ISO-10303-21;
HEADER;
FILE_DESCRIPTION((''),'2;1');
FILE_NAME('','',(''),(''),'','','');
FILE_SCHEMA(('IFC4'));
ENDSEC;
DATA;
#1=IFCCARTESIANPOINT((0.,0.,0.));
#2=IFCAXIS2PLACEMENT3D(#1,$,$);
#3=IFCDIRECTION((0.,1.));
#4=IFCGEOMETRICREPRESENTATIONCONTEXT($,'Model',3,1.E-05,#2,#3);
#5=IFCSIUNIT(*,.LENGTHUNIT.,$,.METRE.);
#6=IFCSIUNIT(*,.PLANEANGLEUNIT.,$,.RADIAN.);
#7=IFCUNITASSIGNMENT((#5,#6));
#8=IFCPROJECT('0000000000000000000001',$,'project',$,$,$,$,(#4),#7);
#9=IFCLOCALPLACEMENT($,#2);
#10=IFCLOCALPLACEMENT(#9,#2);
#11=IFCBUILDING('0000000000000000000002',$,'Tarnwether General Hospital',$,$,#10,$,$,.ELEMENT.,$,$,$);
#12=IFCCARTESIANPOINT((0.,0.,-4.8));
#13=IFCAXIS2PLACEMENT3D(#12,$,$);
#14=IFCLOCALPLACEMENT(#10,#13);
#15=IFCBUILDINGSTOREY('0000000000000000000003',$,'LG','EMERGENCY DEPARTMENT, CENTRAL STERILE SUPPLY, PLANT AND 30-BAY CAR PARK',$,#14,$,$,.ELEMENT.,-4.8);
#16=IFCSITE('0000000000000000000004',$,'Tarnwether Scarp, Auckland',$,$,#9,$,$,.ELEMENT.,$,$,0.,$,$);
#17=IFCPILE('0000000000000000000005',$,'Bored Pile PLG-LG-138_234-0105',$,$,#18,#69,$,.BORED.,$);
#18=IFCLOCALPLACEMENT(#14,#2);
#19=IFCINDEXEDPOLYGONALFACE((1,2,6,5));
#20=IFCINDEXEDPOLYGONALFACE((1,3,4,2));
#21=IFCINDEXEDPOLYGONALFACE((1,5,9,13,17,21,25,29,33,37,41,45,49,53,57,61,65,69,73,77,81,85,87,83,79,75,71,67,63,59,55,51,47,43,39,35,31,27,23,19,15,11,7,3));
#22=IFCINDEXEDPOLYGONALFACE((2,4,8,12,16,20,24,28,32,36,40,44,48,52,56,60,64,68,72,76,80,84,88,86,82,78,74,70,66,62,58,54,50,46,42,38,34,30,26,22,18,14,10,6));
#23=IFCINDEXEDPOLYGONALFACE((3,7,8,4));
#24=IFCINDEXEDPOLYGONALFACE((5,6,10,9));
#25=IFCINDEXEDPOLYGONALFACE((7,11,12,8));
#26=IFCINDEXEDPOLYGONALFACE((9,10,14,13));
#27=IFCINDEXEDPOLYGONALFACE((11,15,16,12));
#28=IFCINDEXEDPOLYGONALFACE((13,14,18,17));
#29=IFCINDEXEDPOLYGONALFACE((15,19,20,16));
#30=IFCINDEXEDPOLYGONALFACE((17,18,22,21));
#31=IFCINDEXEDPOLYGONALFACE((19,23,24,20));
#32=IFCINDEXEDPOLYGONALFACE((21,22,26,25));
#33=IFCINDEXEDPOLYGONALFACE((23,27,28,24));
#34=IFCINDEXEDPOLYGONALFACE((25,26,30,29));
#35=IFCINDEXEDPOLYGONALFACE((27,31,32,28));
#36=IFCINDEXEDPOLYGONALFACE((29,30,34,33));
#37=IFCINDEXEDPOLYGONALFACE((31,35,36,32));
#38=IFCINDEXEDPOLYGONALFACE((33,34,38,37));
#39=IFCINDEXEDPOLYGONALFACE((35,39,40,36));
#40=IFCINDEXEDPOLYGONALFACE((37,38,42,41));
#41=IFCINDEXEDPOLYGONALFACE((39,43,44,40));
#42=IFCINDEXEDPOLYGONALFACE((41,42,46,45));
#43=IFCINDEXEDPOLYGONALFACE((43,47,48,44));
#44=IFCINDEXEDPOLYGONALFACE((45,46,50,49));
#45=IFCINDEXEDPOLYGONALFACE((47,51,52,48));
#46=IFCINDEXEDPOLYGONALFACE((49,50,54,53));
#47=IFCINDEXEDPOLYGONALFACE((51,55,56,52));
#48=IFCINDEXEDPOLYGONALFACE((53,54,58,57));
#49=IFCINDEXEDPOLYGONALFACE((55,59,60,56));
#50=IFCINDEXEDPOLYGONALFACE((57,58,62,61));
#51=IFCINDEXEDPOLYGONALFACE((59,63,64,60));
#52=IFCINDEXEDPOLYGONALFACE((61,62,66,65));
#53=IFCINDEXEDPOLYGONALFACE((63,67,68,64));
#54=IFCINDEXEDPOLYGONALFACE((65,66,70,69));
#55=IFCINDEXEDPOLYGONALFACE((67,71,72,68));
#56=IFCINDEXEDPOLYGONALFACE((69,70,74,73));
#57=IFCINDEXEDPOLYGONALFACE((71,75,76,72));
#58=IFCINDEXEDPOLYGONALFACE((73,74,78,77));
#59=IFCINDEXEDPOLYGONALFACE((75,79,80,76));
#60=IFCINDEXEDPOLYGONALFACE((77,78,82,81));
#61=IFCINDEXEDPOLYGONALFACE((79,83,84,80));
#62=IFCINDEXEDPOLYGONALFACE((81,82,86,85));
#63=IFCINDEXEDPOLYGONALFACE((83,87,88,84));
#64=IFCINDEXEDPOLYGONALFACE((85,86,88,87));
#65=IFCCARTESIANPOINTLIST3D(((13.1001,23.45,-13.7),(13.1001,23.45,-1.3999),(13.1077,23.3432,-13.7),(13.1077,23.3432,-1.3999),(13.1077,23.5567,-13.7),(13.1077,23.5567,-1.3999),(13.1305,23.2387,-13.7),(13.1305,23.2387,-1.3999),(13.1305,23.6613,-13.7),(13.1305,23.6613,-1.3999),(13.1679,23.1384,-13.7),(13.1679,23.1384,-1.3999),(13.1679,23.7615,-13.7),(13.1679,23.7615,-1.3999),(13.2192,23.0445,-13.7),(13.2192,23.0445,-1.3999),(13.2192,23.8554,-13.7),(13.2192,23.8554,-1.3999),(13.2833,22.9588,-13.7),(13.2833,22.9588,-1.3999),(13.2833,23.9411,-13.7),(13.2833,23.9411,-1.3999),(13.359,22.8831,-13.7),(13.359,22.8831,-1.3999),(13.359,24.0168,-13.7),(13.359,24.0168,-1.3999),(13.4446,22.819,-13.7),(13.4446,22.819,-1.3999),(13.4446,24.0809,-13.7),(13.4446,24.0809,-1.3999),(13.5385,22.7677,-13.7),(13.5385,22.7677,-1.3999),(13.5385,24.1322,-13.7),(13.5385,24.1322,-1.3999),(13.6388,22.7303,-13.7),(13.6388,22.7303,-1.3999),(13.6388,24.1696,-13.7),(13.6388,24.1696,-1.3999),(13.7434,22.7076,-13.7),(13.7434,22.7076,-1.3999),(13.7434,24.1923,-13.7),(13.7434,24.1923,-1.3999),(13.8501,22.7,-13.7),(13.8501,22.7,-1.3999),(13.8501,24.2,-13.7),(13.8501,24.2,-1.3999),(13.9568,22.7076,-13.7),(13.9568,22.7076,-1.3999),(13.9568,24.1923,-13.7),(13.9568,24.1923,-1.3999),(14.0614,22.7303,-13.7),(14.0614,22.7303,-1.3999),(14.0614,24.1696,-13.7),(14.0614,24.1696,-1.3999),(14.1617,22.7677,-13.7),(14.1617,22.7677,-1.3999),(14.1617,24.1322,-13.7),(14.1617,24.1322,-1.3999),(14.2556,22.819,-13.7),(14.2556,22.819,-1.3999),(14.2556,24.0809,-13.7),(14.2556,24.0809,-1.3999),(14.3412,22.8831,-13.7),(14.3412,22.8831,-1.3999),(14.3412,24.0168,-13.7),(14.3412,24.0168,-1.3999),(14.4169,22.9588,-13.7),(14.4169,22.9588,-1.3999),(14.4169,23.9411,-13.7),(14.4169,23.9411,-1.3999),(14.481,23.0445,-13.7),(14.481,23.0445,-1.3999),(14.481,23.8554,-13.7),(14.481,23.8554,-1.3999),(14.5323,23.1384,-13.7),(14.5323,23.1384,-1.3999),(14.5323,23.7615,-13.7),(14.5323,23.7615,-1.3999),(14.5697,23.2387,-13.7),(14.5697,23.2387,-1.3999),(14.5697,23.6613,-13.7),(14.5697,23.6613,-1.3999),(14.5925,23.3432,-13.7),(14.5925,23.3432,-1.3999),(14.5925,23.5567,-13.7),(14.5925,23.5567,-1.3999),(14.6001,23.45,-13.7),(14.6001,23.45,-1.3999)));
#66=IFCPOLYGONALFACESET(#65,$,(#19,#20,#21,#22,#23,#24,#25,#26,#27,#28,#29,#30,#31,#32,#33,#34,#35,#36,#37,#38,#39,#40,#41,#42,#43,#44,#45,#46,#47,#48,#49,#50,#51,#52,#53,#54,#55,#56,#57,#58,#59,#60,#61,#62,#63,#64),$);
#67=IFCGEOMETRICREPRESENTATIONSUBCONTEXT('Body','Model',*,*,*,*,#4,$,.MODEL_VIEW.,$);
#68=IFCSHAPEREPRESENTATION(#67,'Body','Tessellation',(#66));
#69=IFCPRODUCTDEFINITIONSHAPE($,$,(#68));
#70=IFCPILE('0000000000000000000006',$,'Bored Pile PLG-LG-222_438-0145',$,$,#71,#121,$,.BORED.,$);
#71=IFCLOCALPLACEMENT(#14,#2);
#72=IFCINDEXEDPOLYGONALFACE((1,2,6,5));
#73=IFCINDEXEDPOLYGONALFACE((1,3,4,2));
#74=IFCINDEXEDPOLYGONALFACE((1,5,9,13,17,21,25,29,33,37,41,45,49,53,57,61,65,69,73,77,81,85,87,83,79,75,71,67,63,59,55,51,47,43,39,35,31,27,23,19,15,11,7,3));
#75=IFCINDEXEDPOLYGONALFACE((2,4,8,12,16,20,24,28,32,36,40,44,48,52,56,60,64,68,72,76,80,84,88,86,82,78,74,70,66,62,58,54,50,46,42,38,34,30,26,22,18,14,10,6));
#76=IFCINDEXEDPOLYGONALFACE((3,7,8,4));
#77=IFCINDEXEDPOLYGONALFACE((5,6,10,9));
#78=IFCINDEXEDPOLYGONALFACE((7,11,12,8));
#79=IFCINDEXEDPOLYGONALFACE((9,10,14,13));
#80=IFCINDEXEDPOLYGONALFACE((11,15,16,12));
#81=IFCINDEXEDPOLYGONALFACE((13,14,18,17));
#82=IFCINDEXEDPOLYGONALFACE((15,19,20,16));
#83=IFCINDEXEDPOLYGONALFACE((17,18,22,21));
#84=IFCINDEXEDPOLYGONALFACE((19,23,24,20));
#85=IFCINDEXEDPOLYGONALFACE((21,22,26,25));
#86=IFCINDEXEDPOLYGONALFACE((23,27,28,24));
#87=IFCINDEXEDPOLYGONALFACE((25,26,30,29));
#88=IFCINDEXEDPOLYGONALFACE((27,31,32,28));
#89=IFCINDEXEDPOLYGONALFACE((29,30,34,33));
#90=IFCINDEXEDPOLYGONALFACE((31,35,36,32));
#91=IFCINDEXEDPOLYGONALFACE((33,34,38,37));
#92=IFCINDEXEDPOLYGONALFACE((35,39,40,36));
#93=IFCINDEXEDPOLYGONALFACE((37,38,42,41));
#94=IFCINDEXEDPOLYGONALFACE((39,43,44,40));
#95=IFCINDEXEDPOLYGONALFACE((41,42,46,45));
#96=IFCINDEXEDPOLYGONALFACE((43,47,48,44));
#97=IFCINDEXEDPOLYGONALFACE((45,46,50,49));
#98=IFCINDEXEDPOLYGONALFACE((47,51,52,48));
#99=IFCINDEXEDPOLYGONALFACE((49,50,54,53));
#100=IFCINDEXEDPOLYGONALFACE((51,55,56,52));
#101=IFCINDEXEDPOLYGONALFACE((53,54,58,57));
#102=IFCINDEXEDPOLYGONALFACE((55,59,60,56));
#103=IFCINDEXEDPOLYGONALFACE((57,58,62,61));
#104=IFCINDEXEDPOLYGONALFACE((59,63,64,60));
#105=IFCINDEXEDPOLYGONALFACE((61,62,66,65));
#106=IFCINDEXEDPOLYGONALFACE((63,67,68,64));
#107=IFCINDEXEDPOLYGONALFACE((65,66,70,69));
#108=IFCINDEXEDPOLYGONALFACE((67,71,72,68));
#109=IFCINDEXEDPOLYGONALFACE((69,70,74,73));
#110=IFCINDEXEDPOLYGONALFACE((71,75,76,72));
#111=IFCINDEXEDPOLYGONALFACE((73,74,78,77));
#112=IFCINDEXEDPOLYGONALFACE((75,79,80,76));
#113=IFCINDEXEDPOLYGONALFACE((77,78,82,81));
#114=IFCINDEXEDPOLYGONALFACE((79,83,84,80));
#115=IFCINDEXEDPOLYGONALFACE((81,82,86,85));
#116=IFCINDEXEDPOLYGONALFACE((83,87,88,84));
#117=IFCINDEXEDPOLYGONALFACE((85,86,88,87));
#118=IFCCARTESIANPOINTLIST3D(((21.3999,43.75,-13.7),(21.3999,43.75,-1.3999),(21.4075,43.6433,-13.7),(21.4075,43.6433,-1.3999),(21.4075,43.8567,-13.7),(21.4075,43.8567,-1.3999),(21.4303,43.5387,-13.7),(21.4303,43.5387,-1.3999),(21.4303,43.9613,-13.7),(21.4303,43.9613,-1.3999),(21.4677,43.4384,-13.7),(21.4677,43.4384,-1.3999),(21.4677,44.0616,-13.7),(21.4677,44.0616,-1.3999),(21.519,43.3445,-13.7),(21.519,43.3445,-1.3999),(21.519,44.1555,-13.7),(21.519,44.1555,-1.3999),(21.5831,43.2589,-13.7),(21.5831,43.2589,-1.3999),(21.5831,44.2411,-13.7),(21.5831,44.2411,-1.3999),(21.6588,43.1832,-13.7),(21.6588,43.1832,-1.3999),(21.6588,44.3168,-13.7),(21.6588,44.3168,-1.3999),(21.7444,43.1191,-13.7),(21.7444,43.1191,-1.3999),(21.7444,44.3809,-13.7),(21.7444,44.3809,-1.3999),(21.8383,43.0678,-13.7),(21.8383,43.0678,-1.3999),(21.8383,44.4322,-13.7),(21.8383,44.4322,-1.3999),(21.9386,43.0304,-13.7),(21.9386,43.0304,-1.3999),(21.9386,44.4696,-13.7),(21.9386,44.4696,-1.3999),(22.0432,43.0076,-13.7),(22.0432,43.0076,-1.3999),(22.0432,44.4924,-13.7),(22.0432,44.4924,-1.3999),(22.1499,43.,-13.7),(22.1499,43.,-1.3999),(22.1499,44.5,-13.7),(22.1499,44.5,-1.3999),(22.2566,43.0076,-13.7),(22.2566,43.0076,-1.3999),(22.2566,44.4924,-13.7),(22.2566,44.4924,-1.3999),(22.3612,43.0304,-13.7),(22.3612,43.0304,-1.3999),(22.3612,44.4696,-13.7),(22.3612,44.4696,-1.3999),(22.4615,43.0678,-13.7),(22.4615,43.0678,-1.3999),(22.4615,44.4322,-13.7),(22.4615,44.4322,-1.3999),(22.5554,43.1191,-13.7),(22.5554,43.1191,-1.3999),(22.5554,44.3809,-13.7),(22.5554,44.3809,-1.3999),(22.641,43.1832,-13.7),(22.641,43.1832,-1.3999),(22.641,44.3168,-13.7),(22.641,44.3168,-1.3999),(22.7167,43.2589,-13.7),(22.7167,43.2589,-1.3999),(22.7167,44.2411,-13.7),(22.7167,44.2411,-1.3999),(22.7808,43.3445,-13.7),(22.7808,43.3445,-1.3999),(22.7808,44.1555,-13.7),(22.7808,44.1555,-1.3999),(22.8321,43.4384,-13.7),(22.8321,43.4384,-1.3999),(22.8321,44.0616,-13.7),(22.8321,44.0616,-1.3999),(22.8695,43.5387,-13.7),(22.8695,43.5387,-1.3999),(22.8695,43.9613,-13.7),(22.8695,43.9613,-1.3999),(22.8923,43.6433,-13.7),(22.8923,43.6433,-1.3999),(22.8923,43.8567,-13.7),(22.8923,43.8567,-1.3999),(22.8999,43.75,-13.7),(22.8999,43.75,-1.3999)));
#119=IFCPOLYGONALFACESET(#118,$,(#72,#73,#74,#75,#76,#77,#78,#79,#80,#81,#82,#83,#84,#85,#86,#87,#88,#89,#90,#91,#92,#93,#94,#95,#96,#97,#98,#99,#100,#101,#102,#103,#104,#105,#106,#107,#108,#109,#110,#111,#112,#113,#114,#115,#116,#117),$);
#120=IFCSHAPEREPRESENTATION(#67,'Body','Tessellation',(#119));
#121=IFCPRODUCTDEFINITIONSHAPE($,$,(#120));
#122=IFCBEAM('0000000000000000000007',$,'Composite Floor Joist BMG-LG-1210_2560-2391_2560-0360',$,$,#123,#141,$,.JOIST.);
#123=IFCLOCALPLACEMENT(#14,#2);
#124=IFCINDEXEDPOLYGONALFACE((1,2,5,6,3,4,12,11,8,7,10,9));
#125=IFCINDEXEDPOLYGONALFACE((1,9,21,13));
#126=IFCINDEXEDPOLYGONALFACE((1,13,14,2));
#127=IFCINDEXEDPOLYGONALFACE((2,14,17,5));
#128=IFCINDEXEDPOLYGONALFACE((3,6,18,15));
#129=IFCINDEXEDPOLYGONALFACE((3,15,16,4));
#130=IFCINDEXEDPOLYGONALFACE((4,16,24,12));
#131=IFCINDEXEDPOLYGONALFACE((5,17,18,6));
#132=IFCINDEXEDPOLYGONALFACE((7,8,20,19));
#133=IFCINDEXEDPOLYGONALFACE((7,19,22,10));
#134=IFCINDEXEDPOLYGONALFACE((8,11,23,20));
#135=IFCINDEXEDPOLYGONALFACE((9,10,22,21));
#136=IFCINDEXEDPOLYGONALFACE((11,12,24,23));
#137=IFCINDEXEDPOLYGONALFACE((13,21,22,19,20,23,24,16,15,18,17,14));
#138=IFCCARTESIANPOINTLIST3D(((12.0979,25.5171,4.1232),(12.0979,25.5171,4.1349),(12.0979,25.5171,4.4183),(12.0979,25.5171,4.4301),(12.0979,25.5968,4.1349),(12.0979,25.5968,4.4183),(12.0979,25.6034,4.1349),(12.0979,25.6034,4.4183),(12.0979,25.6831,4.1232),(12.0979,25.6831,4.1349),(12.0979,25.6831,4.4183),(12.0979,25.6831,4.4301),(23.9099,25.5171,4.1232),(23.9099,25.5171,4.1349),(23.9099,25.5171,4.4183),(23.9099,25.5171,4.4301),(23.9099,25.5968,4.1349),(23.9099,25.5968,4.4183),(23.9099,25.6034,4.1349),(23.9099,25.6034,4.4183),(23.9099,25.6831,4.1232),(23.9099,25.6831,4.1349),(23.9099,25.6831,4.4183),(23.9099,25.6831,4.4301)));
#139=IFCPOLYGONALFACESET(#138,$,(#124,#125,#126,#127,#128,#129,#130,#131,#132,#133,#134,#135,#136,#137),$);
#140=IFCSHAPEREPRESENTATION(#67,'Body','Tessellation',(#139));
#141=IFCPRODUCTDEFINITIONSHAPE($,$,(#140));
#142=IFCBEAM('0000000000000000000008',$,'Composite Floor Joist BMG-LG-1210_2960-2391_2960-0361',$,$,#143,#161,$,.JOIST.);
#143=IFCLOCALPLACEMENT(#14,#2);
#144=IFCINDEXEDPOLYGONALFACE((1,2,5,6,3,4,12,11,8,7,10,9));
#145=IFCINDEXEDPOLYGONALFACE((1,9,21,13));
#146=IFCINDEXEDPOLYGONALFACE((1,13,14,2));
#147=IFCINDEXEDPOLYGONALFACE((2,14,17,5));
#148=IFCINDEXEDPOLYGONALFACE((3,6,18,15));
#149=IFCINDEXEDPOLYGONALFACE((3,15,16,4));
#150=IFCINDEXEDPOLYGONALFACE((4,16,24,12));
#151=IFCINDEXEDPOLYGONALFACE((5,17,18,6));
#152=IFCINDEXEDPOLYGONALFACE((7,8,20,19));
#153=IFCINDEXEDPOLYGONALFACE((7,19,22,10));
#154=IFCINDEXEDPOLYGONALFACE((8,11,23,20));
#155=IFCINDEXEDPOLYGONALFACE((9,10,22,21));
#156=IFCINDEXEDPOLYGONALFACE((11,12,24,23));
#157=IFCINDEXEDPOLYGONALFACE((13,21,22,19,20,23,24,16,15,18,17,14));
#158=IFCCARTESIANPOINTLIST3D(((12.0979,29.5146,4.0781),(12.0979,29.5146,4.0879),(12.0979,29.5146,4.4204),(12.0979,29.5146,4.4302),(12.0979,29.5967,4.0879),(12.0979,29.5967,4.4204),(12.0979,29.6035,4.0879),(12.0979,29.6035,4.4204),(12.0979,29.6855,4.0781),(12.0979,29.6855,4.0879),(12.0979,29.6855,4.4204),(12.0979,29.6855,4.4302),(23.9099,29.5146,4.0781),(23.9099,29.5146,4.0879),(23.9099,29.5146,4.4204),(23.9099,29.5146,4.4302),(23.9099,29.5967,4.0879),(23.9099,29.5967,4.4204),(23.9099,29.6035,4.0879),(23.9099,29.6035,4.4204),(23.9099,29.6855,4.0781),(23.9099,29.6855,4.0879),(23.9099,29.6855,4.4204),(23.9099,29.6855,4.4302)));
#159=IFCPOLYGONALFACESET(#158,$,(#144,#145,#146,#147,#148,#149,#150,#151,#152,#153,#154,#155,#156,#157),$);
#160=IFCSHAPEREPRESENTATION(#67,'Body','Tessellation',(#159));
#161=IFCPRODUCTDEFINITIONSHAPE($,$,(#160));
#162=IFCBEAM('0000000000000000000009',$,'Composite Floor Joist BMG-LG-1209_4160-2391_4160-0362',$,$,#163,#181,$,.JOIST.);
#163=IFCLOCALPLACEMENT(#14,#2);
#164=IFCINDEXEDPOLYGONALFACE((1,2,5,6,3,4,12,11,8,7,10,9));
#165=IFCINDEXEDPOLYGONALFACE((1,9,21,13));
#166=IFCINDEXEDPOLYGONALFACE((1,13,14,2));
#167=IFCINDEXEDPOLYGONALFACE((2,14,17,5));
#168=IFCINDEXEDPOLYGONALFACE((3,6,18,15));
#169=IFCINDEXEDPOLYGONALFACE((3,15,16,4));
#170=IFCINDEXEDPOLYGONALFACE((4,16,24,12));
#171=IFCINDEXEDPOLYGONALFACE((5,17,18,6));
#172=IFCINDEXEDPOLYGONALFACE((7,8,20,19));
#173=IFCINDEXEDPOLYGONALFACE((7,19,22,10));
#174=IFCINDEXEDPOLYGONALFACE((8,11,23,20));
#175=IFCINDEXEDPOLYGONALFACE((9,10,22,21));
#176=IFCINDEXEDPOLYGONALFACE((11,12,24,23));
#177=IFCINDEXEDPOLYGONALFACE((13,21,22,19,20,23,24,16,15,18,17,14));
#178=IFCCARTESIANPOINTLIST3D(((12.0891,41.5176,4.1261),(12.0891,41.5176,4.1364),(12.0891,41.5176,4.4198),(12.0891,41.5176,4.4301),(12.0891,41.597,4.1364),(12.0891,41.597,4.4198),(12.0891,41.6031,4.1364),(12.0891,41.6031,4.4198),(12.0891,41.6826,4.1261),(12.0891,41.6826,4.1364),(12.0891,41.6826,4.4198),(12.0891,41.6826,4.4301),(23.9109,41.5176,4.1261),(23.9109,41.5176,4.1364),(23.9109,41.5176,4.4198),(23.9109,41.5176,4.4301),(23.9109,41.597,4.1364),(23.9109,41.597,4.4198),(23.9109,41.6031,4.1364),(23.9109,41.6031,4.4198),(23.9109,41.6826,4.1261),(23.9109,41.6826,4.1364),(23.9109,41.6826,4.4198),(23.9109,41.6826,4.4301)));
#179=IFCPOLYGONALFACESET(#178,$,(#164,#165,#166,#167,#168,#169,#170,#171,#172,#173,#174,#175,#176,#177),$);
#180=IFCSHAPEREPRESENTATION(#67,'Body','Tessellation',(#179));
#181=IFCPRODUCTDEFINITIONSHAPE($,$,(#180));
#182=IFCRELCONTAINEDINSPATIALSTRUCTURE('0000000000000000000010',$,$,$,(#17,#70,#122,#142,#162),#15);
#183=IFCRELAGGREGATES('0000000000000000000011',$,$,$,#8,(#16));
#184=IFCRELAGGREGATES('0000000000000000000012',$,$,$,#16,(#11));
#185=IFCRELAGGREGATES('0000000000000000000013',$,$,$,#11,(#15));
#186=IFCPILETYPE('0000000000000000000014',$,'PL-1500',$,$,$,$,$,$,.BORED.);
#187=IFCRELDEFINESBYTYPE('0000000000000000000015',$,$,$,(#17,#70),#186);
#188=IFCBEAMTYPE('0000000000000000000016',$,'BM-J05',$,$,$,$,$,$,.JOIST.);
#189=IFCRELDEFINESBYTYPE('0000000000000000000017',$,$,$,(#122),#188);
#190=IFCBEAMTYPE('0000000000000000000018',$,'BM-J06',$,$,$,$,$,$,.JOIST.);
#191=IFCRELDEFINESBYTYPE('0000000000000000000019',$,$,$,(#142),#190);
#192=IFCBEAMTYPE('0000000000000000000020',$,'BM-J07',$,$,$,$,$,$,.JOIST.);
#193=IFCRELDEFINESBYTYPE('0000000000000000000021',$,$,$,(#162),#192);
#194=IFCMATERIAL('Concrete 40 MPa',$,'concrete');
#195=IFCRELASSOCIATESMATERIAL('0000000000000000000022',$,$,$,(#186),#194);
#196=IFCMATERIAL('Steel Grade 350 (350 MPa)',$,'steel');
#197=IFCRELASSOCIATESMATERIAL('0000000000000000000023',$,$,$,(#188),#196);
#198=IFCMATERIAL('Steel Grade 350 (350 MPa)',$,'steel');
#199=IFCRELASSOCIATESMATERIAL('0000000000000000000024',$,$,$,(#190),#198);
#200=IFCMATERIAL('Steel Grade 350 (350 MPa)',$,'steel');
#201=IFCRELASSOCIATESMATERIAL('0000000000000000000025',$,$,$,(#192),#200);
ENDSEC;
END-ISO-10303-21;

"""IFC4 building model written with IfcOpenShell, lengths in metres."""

from ifc_helpers import new_model, si_unit, direction, frame, origin, origin_2d, place, context, subcontext, project, spatial, circle, i_section, extrude, material, material_profile, profile_set, type_object, element, save


model = new_model("IFC4")

# Units and contexts
model_context = context("Model", 3, precision=1e-05, world=origin(), true_north=direction((0.0, 1.0)))
body_context = subcontext(model_context, "Body", "Model", "MODEL_VIEW")
ifc_project = project(units=[si_unit("LENGTHUNIT", "METRE"), si_unit("PLANEANGLEUNIT", "RADIAN")], contexts=[model_context])

# Site, building, storey
site_placement = place(None, origin())
site = spatial("IfcSite", under=ifc_project, at=site_placement, Name="Tarnwether Scarp, Auckland", CompositionType="ELEMENT", RefElevation=0.0)
building_placement = place(site_placement, origin())
building = spatial("IfcBuilding", under=site, at=building_placement, Name="Tarnwether General Hospital", CompositionType="ELEMENT")
storey_placement = place(building_placement, frame((0.0, 0.0, -4.8)))
storey = spatial("IfcBuildingStorey", under=building, at=storey_placement, Name="LG", Description="EMERGENCY DEPARTMENT, CENTRAL STERILE SUPPLY, PLANT AND 30-BAY CAR PARK", CompositionType="ELEMENT", Elevation=-4.8)

# Piles
ifc_material_1 = material(Name="Concrete 40 MPa", Category="concrete")
ifc_material_profile_1 = material_profile(ifc_material_1, circle(Radius=0.75, at=origin_2d()), Name="PILE-D1500")
ifc_profile_set_1 = profile_set([ifc_material_profile_1], Name="Concrete 40 MPa")
pile_type_1 = type_object("IfcPileType", Name="PL-1500", PredefinedType="BORED", material=ifc_profile_set_1)
for number, where, z_axis, x_axis, name in (
    (1, (13.8501, 23.45, -1.3999), (0.0, 0.0, -1.0), (1.0, 0.0, 0.0), "Bored Pile PLG-LG-138_234-0105"),
    (2, (22.1499, 43.75, -1.3999), (0.0, 0.0, -1.0), (1.0, 0.0, 0.0), "Bored Pile PLG-LG-222_438-0145"),
):
    element("IfcPile", number, at=place(storey_placement, frame(where, z_axis=z_axis, x_axis=x_axis)), inside=storey, type_object=pile_type_1, Name=name, PredefinedType="BORED", context=body_context, shape_type="SweptSolid", body=[
        extrude(circle(Radius=0.75, at=origin_2d()), origin(), (0.0, 0.0, 1.0), 12.3),
    ])

# Beams
ifc_material_2 = material(Name="Steel Grade 350 (350 MPa)", Category="steel")
ifc_material_profile_2 = material_profile(ifc_material_2, i_section(OverallWidth=0.166, OverallDepth=0.3069, WebThickness=0.0066, FlangeThickness=0.0117, at=origin_2d()), Name="310UB46.2")
ifc_profile_set_2 = profile_set([ifc_material_profile_2], Name="Steel Grade 350 (350 MPa)")
beam_type_1 = type_object("IfcBeamType", Name="BM-J05", PredefinedType="JOIST", material=ifc_profile_set_2)
beam_1_placement = place(storey_placement, frame((12.0979, 25.6001, 4.2766), z_axis=(1.0, 0.0, 0.0), x_axis=(0.0, 1.0, 0.0)))
element("IfcBeam", 3, at=beam_1_placement, inside=storey, type_object=beam_type_1, Name="Composite Floor Joist BMG-LG-1210_2560-2391_2560-0360", PredefinedType="JOIST", context=body_context, shape_type="SweptSolid", body=[
    extrude(i_section(OverallWidth=0.166, OverallDepth=0.3069, WebThickness=0.0066, FlangeThickness=0.0117, at=origin_2d()), origin(), (0.0, 0.0, 1.0), 11.812),
])
ifc_material_3 = material(Name="Steel Grade 350 (350 MPa)", Category="steel")
ifc_material_profile_3 = material_profile(ifc_material_3, i_section(OverallWidth=0.1709, OverallDepth=0.3521, WebThickness=0.0068, FlangeThickness=0.0098, at=origin_2d()), Name="360UB44.7")
ifc_profile_set_3 = profile_set([ifc_material_profile_3], Name="Steel Grade 350 (350 MPa)")
beam_type_2 = type_object("IfcBeamType", Name="BM-J06", PredefinedType="JOIST", material=ifc_profile_set_3)
beam_2_placement = place(storey_placement, frame((12.0979, 29.6001, 4.2542), z_axis=(1.0, 0.0, 0.0), x_axis=(0.0, 1.0, 0.0)))
element("IfcBeam", 4, at=beam_2_placement, inside=storey, type_object=beam_type_2, Name="Composite Floor Joist BMG-LG-1210_2960-2391_2960-0361", PredefinedType="JOIST", context=body_context, shape_type="SweptSolid", body=[
    extrude(i_section(OverallWidth=0.1709, OverallDepth=0.3521, WebThickness=0.0068, FlangeThickness=0.0098, at=origin_2d()), origin(), (0.0, 0.0, 1.0), 11.812),
])
ifc_material_4 = material(Name="Steel Grade 350 (350 MPa)", Category="steel")
ifc_material_profile_4 = material_profile(ifc_material_4, i_section(OverallWidth=0.165, OverallDepth=0.304, WebThickness=0.0061, FlangeThickness=0.0103, at=origin_2d()), Name="310UB40.4")
ifc_profile_set_4 = profile_set([ifc_material_profile_4], Name="Steel Grade 350 (350 MPa)")
beam_type_3 = type_object("IfcBeamType", Name="BM-J07", PredefinedType="JOIST", material=ifc_profile_set_4)
beam_3_placement = place(storey_placement, frame((12.0891, 41.6001, 4.2781), z_axis=(1.0, 0.0, 0.0), x_axis=(0.0, 1.0, 0.0)))
element("IfcBeam", 5, at=beam_3_placement, inside=storey, type_object=beam_type_3, Name="Composite Floor Joist BMG-LG-1209_4160-2391_4160-0362", PredefinedType="JOIST", context=body_context, shape_type="SweptSolid", body=[
    extrude(i_section(OverallWidth=0.165, OverallDepth=0.304, WebThickness=0.0061, FlangeThickness=0.0103, at=origin_2d()), origin(), (0.0, 0.0, 1.0), 11.8218),
])

save(model, "model.ifc")
